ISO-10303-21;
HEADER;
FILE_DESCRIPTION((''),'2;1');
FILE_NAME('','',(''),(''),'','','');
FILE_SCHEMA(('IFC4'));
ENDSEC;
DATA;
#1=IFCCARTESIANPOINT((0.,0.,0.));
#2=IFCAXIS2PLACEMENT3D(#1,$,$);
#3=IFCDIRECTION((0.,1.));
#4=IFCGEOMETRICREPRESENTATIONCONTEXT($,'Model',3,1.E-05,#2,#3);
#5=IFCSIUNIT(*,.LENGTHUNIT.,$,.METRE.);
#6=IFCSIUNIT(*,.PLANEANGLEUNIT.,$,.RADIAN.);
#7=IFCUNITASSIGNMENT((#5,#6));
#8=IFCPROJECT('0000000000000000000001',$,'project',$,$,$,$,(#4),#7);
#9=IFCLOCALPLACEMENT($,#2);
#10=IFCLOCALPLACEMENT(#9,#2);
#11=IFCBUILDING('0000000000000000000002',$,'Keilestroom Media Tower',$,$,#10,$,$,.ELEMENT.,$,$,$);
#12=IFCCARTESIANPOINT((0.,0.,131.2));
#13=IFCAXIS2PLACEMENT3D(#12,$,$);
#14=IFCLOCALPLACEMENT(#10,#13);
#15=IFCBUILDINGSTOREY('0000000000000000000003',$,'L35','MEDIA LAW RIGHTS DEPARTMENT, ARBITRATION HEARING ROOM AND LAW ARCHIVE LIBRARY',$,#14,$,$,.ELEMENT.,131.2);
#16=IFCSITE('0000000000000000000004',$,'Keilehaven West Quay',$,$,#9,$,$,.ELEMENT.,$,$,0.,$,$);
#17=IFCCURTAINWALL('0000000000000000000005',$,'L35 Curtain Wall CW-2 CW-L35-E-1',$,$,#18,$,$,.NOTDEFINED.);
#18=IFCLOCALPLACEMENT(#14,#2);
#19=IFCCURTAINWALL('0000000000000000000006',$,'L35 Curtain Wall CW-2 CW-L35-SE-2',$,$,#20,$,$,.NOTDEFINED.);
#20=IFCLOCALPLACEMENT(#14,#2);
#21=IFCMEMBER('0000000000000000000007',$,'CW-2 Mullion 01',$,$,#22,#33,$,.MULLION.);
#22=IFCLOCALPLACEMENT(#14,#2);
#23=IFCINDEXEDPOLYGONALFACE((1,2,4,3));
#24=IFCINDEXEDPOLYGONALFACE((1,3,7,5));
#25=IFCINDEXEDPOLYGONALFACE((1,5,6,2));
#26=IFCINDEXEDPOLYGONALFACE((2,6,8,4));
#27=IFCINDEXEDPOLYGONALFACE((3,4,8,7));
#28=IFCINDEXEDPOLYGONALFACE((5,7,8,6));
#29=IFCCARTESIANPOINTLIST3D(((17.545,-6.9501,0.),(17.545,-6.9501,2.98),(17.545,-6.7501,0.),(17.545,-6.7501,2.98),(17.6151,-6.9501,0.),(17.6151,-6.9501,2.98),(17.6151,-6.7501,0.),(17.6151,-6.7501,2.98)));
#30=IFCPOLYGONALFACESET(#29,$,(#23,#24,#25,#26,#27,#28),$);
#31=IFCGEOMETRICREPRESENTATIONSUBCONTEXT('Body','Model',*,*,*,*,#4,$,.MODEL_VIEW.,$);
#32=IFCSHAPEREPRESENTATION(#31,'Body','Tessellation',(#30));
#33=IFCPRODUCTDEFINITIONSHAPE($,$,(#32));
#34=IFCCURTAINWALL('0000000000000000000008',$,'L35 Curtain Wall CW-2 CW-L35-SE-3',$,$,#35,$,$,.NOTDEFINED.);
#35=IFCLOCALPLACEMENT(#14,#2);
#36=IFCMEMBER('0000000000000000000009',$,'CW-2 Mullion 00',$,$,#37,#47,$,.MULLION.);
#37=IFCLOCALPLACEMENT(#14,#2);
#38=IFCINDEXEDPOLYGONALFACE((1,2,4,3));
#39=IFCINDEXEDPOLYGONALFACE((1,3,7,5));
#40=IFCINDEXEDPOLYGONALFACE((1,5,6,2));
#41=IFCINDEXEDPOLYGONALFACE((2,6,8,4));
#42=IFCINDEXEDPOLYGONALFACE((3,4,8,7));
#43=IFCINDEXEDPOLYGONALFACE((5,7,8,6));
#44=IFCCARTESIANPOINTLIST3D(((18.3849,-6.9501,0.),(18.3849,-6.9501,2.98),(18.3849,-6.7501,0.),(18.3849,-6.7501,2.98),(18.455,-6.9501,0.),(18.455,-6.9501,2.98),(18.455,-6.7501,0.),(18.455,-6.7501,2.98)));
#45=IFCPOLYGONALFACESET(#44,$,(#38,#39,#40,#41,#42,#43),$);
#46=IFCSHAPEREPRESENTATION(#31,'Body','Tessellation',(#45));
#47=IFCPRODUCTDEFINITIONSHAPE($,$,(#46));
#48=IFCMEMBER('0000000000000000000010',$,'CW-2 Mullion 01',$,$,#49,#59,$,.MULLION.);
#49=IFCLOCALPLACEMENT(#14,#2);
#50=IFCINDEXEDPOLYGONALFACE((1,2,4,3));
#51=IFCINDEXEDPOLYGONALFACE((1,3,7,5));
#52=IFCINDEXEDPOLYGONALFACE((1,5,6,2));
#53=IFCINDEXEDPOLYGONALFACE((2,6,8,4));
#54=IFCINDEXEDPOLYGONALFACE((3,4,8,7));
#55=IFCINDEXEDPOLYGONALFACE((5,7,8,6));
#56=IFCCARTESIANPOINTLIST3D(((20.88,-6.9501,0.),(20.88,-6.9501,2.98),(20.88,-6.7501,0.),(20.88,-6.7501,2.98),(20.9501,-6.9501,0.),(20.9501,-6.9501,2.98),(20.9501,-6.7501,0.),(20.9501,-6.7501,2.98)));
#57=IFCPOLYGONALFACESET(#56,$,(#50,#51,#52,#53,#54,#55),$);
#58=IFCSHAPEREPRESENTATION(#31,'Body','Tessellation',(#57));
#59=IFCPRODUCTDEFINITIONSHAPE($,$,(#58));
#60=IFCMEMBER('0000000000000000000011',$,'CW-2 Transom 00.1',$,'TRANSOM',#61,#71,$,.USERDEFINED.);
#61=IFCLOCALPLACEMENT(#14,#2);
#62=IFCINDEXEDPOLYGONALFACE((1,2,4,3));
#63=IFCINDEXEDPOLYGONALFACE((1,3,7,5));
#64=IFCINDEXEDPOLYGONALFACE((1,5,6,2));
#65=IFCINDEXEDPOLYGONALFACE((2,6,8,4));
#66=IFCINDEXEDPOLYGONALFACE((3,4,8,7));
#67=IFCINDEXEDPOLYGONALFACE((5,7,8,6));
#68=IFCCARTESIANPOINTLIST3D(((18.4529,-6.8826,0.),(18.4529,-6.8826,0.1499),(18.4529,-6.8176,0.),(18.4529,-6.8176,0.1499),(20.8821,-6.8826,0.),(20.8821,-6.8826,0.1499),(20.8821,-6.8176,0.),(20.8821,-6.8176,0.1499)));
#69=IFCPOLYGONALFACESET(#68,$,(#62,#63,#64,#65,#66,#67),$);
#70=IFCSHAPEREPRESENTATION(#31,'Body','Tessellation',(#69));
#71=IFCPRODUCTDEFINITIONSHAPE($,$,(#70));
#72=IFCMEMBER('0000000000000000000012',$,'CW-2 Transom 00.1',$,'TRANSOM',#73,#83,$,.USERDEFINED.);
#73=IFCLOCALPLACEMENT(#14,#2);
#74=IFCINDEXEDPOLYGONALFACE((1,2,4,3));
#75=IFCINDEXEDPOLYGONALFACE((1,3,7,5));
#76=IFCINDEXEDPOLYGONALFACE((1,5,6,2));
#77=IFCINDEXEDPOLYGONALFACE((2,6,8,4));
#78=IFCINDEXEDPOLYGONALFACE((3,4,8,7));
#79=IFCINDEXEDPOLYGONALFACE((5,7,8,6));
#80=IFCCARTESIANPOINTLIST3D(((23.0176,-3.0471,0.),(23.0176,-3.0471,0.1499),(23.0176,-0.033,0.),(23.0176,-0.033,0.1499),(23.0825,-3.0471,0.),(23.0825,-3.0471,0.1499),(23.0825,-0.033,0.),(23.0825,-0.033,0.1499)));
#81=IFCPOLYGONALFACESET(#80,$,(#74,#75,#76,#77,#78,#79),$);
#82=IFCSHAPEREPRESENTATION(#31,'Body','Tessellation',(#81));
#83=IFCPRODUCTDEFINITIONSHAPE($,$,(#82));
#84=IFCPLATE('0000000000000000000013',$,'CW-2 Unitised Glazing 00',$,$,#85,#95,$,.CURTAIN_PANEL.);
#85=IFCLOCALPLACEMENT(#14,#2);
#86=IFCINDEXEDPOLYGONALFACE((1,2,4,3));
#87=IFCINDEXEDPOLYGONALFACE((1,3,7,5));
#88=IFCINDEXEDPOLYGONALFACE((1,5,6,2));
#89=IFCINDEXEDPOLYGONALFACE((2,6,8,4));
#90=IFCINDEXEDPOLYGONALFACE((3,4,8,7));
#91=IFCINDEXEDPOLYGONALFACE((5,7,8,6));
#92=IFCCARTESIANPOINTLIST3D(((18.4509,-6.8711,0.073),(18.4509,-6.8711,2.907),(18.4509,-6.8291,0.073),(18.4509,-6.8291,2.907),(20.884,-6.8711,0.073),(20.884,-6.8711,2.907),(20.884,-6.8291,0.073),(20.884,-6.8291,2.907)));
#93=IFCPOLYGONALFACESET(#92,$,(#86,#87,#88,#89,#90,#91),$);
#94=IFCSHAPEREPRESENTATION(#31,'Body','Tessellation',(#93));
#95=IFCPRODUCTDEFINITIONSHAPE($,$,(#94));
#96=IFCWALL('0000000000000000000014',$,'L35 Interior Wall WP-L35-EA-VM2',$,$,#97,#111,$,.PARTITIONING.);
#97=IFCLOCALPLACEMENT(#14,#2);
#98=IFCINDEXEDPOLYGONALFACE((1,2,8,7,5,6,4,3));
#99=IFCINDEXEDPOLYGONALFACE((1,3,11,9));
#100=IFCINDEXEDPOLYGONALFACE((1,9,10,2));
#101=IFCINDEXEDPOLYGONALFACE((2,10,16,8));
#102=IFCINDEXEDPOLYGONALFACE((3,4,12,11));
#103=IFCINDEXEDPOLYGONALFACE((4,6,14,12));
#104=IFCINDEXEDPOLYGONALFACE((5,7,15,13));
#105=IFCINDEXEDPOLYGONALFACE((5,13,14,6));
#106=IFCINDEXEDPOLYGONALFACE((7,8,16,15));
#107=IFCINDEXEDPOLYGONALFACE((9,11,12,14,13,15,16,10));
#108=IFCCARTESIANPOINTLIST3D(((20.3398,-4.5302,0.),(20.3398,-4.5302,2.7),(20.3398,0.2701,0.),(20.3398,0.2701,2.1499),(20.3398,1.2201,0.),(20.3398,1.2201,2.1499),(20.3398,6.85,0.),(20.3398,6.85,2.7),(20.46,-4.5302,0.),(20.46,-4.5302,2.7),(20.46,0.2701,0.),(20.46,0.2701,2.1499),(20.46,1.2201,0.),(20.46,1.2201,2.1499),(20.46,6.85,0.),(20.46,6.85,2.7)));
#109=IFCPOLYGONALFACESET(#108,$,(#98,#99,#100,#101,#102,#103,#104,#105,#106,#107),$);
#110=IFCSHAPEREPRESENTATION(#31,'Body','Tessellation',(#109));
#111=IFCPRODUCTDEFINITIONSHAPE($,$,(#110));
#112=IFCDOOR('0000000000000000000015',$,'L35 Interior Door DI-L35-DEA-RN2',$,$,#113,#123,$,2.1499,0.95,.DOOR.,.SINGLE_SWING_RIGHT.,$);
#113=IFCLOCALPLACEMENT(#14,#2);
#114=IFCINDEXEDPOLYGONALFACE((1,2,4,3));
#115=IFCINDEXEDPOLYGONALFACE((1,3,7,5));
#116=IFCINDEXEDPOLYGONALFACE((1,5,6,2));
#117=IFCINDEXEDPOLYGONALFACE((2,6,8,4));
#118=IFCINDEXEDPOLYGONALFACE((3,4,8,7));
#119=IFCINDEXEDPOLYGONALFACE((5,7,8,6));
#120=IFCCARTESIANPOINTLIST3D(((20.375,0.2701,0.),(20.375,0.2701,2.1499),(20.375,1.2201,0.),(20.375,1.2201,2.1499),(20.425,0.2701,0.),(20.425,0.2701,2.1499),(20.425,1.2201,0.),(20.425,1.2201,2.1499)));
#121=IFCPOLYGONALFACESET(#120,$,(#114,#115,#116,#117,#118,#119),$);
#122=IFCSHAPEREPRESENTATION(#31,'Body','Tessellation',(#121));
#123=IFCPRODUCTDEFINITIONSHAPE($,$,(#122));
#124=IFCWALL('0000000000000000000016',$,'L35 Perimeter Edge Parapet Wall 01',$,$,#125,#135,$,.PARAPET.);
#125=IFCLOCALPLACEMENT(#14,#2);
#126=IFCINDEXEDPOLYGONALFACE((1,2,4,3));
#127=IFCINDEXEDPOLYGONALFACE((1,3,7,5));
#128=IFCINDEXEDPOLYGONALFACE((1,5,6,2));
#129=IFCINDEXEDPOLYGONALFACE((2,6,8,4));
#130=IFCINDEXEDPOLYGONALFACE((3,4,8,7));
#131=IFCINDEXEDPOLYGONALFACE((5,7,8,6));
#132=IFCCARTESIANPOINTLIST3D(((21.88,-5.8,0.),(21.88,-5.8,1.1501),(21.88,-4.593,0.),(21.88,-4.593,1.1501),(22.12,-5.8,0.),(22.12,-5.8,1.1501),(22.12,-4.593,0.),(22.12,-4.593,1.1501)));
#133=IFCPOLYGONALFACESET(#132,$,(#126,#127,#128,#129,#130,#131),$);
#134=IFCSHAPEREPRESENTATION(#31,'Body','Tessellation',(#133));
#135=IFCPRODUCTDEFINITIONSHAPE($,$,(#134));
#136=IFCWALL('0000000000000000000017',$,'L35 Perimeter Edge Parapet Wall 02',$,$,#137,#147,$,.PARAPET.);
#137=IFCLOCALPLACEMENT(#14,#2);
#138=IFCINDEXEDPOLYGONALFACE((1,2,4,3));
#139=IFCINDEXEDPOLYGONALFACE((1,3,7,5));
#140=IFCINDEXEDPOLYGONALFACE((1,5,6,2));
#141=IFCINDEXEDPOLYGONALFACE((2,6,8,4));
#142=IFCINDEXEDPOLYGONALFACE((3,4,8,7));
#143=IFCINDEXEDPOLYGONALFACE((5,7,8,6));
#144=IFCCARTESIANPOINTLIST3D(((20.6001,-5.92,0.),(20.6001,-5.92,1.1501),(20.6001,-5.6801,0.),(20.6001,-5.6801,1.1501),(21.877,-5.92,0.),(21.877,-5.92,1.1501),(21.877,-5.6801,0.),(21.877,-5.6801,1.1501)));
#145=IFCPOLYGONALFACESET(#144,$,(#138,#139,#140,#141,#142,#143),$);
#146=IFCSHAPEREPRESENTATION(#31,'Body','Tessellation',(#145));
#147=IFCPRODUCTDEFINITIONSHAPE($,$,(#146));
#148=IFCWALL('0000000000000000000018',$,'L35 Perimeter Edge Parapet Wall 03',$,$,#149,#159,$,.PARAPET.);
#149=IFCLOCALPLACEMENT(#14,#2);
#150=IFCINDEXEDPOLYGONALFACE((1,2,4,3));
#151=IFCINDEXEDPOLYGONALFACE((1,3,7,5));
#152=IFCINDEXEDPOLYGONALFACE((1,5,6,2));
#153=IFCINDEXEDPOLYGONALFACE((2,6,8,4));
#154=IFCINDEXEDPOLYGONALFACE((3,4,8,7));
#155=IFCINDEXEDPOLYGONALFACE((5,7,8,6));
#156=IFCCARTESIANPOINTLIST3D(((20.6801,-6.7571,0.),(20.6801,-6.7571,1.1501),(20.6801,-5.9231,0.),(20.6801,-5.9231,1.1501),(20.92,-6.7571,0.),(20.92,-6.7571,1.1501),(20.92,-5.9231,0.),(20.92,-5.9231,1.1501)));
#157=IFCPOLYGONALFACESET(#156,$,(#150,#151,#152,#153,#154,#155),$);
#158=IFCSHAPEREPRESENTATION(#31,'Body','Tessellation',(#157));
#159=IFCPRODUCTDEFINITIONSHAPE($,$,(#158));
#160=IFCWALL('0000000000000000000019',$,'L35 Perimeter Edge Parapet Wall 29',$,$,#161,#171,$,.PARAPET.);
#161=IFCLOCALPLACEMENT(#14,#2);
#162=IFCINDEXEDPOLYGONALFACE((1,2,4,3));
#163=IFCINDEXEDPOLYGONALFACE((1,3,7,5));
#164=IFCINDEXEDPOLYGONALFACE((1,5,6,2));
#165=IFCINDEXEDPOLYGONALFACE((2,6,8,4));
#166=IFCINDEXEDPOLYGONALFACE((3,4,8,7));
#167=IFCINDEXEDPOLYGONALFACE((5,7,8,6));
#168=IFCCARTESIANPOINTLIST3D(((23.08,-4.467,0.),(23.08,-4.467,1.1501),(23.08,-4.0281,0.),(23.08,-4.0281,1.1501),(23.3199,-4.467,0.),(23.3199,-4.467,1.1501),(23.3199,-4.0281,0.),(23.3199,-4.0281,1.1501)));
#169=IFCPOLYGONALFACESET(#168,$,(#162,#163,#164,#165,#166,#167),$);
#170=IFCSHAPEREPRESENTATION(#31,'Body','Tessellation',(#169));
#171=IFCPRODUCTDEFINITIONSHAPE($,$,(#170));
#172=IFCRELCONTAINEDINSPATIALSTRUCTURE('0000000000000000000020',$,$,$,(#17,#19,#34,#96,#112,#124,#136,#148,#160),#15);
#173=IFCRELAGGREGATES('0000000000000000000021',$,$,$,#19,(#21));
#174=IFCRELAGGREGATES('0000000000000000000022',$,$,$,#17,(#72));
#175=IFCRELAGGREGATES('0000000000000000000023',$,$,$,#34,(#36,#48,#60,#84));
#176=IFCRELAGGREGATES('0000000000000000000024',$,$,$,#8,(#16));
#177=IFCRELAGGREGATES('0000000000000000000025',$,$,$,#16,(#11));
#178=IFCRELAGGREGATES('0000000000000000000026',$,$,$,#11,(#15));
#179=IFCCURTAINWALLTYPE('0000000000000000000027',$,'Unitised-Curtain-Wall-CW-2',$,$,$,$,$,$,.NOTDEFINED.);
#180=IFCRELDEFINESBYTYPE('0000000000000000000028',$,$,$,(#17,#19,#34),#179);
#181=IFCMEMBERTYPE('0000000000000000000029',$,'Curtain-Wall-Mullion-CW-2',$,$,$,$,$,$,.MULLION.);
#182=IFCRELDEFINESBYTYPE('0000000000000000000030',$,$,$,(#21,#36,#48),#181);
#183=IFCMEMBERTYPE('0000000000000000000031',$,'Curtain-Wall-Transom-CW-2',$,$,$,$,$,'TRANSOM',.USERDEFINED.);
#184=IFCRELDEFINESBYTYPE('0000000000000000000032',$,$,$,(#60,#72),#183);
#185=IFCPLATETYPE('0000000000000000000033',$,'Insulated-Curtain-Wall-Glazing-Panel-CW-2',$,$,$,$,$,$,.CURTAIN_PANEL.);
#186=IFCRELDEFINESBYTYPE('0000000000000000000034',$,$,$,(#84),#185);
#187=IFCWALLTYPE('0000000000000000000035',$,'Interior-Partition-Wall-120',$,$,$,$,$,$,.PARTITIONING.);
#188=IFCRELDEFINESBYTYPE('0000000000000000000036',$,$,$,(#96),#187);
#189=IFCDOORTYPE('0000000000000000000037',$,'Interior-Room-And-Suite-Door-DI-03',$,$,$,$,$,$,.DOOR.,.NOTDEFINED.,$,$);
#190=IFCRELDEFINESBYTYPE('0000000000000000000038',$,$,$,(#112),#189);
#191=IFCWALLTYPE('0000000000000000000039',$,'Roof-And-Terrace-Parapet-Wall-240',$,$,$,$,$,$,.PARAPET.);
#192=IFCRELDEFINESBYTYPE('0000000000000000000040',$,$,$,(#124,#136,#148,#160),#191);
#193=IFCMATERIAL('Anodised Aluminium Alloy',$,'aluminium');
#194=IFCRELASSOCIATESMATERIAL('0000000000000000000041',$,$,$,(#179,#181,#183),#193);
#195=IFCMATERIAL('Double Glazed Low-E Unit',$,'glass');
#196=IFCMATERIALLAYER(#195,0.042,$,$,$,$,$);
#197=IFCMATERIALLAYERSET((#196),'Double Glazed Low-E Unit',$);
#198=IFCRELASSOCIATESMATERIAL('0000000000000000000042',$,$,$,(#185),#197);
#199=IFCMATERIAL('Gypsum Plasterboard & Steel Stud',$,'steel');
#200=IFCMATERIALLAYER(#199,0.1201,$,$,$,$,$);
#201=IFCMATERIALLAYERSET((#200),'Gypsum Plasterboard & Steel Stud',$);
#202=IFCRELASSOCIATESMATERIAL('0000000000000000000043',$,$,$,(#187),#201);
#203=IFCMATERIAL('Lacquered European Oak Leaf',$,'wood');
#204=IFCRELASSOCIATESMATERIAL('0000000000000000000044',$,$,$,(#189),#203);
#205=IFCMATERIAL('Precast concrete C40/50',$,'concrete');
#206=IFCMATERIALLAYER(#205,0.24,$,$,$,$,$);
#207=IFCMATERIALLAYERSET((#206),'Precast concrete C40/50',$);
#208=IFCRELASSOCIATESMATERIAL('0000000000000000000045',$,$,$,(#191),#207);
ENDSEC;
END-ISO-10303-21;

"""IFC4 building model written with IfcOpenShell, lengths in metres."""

from ifc_helpers import new_model, si_unit, direction, frame, frame_2d, origin, origin_2d, place, context, subcontext, project, spatial, rectangle, extrude, source, transform, mapped, material, layer, layer_set, material_profile, profile_set, type_object, element, fill, aggregate, save


model = new_model("IFC4")

# Units and contexts
model_context = context("Model", 3, precision=1e-05, world=origin(), true_north=direction((0.0, 1.0)))
body_context = subcontext(model_context, "Body", "Model", "MODEL_VIEW")
ifc_project = project(units=[si_unit("LENGTHUNIT", "METRE"), si_unit("PLANEANGLEUNIT", "RADIAN")], contexts=[model_context])

# Site, building, storey
site_placement = place(None, origin())
site = spatial("IfcSite", under=ifc_project, at=site_placement, Name="Keilehaven West Quay", CompositionType="ELEMENT", RefElevation=0.0)
building_placement = place(site_placement, origin())
building = spatial("IfcBuilding", under=site, at=building_placement, Name="Keilestroom Media Tower", CompositionType="ELEMENT")
storey_placement = place(building_placement, frame((0.0, 0.0, 131.2)))
storey = spatial("IfcBuildingStorey", under=building, at=storey_placement, Name="L35", Description="MEDIA LAW RIGHTS DEPARTMENT, ARBITRATION HEARING ROOM AND LAW ARCHIVE LIBRARY", CompositionType="ELEMENT", Elevation=131.2)

# Shared definitions
ifc_material_1 = material(Name="Precast concrete C40/50", Category="concrete")

# Curtain walls, member
ifc_material_2 = material(Name="Anodised Aluminium Alloy", Category="aluminium")
curtain_wall_type = type_object("IfcCurtainWallType", Name="Unitised-Curtain-Wall-CW-2", PredefinedType="NOTDEFINED", material=ifc_material_2)
curtain_wall_1_placement = place(storey_placement, origin())
curtain_wall_1 = element("IfcCurtainWall", 1, at=curtain_wall_1_placement, inside=storey, type_object=curtain_wall_type, Name="L35 Curtain Wall CW-2 CW-L35-E-1", PredefinedType="NOTDEFINED")
ifc_material_profile_1 = material_profile(ifc_material_2, rectangle(XDim=0.0701, YDim=0.2, at=origin_2d()), Name="ALU MULLION 70x200")
ifc_profile_set_1 = profile_set([ifc_material_profile_1], Name="Anodised Aluminium Alloy")
member_type_1 = type_object("IfcMemberType", Name="Curtain-Wall-Mullion-CW-2", PredefinedType="MULLION", material=ifc_profile_set_1)
shared_shape_1 = source(origin(), body_context, "Body", "SweptSolid", [
    extrude(rectangle(XDim=0.0701, YDim=0.2, at=origin_2d()), origin(), (0.0, 0.0, 1.0), 2.98),
])
curtain_wall_2_placement = place(storey_placement, origin())
curtain_wall_2 = element("IfcCurtainWall", 2, at=curtain_wall_2_placement, inside=storey, type_object=curtain_wall_type, Name="L35 Curtain Wall CW-2 CW-L35-SE-2", PredefinedType="NOTDEFINED")
member_1_placement = place(storey_placement, frame((17.5801, -6.8501, 0.0), z_axis=(0.0, 0.0, 1.0), x_axis=(1.0, 0.0, 0.0)))
member_1 = element("IfcMember", 3, at=member_1_placement, type_object=member_type_1, Name="CW-2 Mullion 01", PredefinedType="MULLION", context=body_context, shape_type="MappedRepresentation", body=[
    mapped(shared_shape_1, transform((0.0, 0.0, 0.0), x_axis=(1.0, 0.0, 0.0), y_axis=(0.0, 1.0, 0.0), z_axis=(0.0, 0.0, 1.0), scale=1.0)),
])
aggregate(curtain_wall_2, [member_1])

# Curtain wall, members
curtain_wall_3_placement = place(storey_placement, origin())
curtain_wall_3 = element("IfcCurtainWall", 4, at=curtain_wall_3_placement, inside=storey, type_object=curtain_wall_type, Name="L35 Curtain Wall CW-2 CW-L35-SE-3", PredefinedType="NOTDEFINED")
member_2_placement = place(storey_placement, frame((18.4199, -6.8501, 0.0), z_axis=(0.0, 0.0, 1.0), x_axis=(1.0, 0.0, 0.0)))
member_2 = element("IfcMember", 5, at=member_2_placement, type_object=member_type_1, Name="CW-2 Mullion 00", PredefinedType="MULLION", context=body_context, shape_type="MappedRepresentation", body=[
    mapped(shared_shape_1, transform((0.0, 0.0, 0.0), x_axis=(1.0, 0.0, 0.0), y_axis=(0.0, 1.0, 0.0), z_axis=(0.0, 0.0, 1.0), scale=1.0)),
])
member_3_placement = place(storey_placement, frame((20.915, -6.8501, 0.0), z_axis=(0.0, 0.0, 1.0), x_axis=(1.0, 0.0, 0.0)))
member_3 = element("IfcMember", 6, at=member_3_placement, type_object=member_type_1, Name="CW-2 Mullion 01", PredefinedType="MULLION", context=body_context, shape_type="MappedRepresentation", body=[
    mapped(shared_shape_1, transform((0.0, 0.0, 0.0), x_axis=(1.0, 0.0, 0.0), y_axis=(0.0, 1.0, 0.0), z_axis=(0.0, 0.0, 1.0), scale=1.0)),
])
ifc_material_profile_2 = material_profile(ifc_material_2, rectangle(XDim=0.0649, YDim=0.1499, at=origin_2d()), Name="ALU TRANSOM 65x150")
ifc_profile_set_2 = profile_set([ifc_material_profile_2], Name="Anodised Aluminium Alloy")
member_type_2 = type_object("IfcMemberType", Name="Curtain-Wall-Transom-CW-2", ElementType="TRANSOM", PredefinedType="USERDEFINED", material=ifc_profile_set_2)
shared_shape_2 = source(origin(), body_context, "Body", "SweptSolid", [
    extrude(rectangle(XDim=0.0649, YDim=0.1499, at=origin_2d()), origin(), (0.0, 0.0, 1.0), 2.4292),
])
member_4_placement = place(storey_placement, frame((18.4529, -6.8501, 0.075), z_axis=(1.0, 0.0, 0.0), x_axis=(0.0, 1.0, 0.0)))
member_4 = element("IfcMember", 7, at=member_4_placement, type_object=member_type_2, Name="CW-2 Transom 00.1", ObjectType="TRANSOM", PredefinedType="USERDEFINED", context=body_context, shape_type="MappedRepresentation", body=[
    mapped(shared_shape_2, transform((0.0, 0.0, 0.0), x_axis=(1.0, 0.0, 0.0), y_axis=(0.0, 1.0, 0.0), z_axis=(0.0, 0.0, 1.0), scale=1.0)),
])

# Member
shared_shape_3 = source(origin(), body_context, "Body", "SweptSolid", [
    extrude(rectangle(XDim=0.0649, YDim=0.1499, at=origin_2d()), origin(), (0.0, 0.0, 1.0), 3.0142),
])
member_5_placement = place(storey_placement, frame((23.05, -3.0471, 0.075), z_axis=(0.0, 1.0, 0.0), x_axis=(-1.0, 0.0, 0.0)))
member_5 = element("IfcMember", 8, at=member_5_placement, type_object=member_type_2, Name="CW-2 Transom 00.1", ObjectType="TRANSOM", PredefinedType="USERDEFINED", context=body_context, shape_type="MappedRepresentation", body=[
    mapped(shared_shape_3, transform((0.0, 0.0, 0.0), x_axis=(1.0, 0.0, 0.0), y_axis=(0.0, 1.0, 0.0), z_axis=(0.0, 0.0, 1.0), scale=1.0)),
])
aggregate(curtain_wall_1, [member_5])

# Plate
ifc_material_3 = material(Name="Double Glazed Low-E Unit", Category="glass")
ifc_layer_1 = layer(ifc_material_3, 0.042)
ifc_layer_set_1 = layer_set([ifc_layer_1], Name="Double Glazed Low-E Unit")
plate_type = type_object("IfcPlateType", Name="Insulated-Curtain-Wall-Glazing-Panel-CW-2", PredefinedType="CURTAIN_PANEL", material=ifc_layer_set_1)
shared_shape_4 = source(origin(), body_context, "Body", "SweptSolid", [
    extrude(rectangle(XDim=2.4331, YDim=0.042, at=origin_2d()), origin(), (0.0, 0.0, 1.0), 2.834),
])
plate_placement = place(storey_placement, frame((19.6675, -6.8501, 0.073), z_axis=(0.0, 0.0, 1.0), x_axis=(1.0, 0.0, 0.0)))
plate = element("IfcPlate", 9, at=plate_placement, type_object=plate_type, Name="CW-2 Unitised Glazing 00", PredefinedType="CURTAIN_PANEL", context=body_context, shape_type="MappedRepresentation", body=[
    mapped(shared_shape_4, transform((0.0, 0.0, 0.0), x_axis=(1.0, 0.0, 0.0), y_axis=(0.0, 1.0, 0.0), z_axis=(0.0, 0.0, 1.0), scale=1.0)),
])
aggregate(curtain_wall_3, [member_2, member_3, member_4, plate])

# Wall, opening, door
ifc_material_4 = material(Name="Gypsum Plasterboard & Steel Stud", Category="steel")
ifc_layer_2 = layer(ifc_material_4, 0.1201)
ifc_layer_set_2 = layer_set([ifc_layer_2], Name="Gypsum Plasterboard & Steel Stud")
wall_type_1 = type_object("IfcWallType", Name="Interior-Partition-Wall-120", PredefinedType="PARTITIONING", material=ifc_layer_set_2)
wall_1_placement = place(storey_placement, frame((20.3999, -4.53, 0.0), z_axis=(0.0, 0.0, 1.0), x_axis=(0.0, 1.0, 0.0)))
wall_1 = element("IfcWall", 10, at=wall_1_placement, inside=storey, type_object=wall_type_1, Name="L35 Interior Wall WP-L35-EA-VM2", PredefinedType="PARTITIONING", context=body_context, shape_type="SweptSolid", body=[
    extrude(rectangle(XDim=11.3801, YDim=0.1201, at=frame_2d((5.6899, 0.0))), origin(), (0.0, 0.0, 1.0), 2.7),
])
opening_placement = place(wall_1_placement, frame((4.8, 0.0, 0.0)))
opening = element("IfcOpeningElement", 11, at=opening_placement, cuts=wall_1, PredefinedType="OPENING", context=body_context, shape_type="SweptSolid", body=[
    extrude(rectangle(XDim=0.95, YDim=2.1499, at=frame_2d((0.4751, 1.075))), frame((0.0, 0.0701, 0.0), z_axis=(0.0, -1.0, 0.0), x_axis=(1.0, 0.0, 0.0)), (0.0, 0.0, 1.0), 0.1401),
])
ifc_material_5 = material(Name="Lacquered European Oak Leaf", Category="wood")
door_type = type_object("IfcDoorType", Name="Interior-Room-And-Suite-Door-DI-03", OperationType="NOTDEFINED", PredefinedType="DOOR", material=ifc_material_5)
shared_shape_5 = source(origin(), body_context, "Body", "SweptSolid", [
    extrude(rectangle(XDim=0.95, YDim=2.1499, at=frame_2d((0.4751, 1.075))), frame((0.0, 0.0249, 0.0), z_axis=(0.0, -1.0, 0.0), x_axis=(1.0, 0.0, 0.0)), (0.0, 0.0, 1.0), 0.05),
])
door_placement = place(opening_placement, origin())
door = element("IfcDoor", 12, at=door_placement, inside=storey, type_object=door_type, Name="L35 Interior Door DI-L35-DEA-RN2", OperationType="SINGLE_SWING_RIGHT", OverallHeight=2.1499, OverallWidth=0.95, PredefinedType="DOOR", context=body_context, shape_type="MappedRepresentation", body=[
    mapped(shared_shape_5, transform((0.0, 0.0, 0.0), x_axis=(1.0, 0.0, 0.0), y_axis=(0.0, 1.0, 0.0), z_axis=(0.0, 0.0, 1.0), scale=1.0)),
])
fill(opening, door)

# Walls
ifc_layer_3 = layer(ifc_material_1, 0.24)
ifc_layer_set_3 = layer_set([ifc_layer_3], Name="Precast concrete C40/50")
wall_type_2 = type_object("IfcWallType", Name="Roof-And-Terrace-Parapet-Wall-240", PredefinedType="PARAPET", material=ifc_layer_set_3)
wall_2_placement = place(storey_placement, frame((22.0, -4.593, 0.0), z_axis=(0.0, 0.0, 1.0), x_axis=(0.0, -1.0, 0.0)))
element("IfcWall", 13, at=wall_2_placement, inside=storey, type_object=wall_type_2, Name="L35 Perimeter Edge Parapet Wall 01", PredefinedType="PARAPET", context=body_context, shape_type="SweptSolid", body=[
    extrude(rectangle(XDim=1.207, YDim=0.24, at=frame_2d((0.6035, 0.0))), origin(), (0.0, 0.0, 1.0), 1.1501),
])
wall_3_placement = place(storey_placement, frame((21.877, -5.8, 0.0), z_axis=(0.0, 0.0, 1.0), x_axis=(-1.0, 0.0, 0.0)))
element("IfcWall", 14, at=wall_3_placement, inside=storey, type_object=wall_type_2, Name="L35 Perimeter Edge Parapet Wall 02", PredefinedType="PARAPET", context=body_context, shape_type="SweptSolid", body=[
    extrude(rectangle(XDim=1.2769, YDim=0.24, at=frame_2d((0.6384, 0.0))), origin(), (0.0, 0.0, 1.0), 1.1501),
])
wall_4_placement = place(storey_placement, frame((20.8, -5.9231, 0.0), z_axis=(0.0, 0.0, 1.0), x_axis=(0.0, -1.0, 0.0)))
element("IfcWall", 15, at=wall_4_placement, inside=storey, type_object=wall_type_2, Name="L35 Perimeter Edge Parapet Wall 03", PredefinedType="PARAPET", context=body_context, shape_type="SweptSolid", body=[
    extrude(rectangle(XDim=0.834, YDim=0.24, at=frame_2d((0.417, 0.0))), origin(), (0.0, 0.0, 1.0), 1.1501),
])
wall_5_placement = place(storey_placement, frame((23.2, -4.0281, 0.0), z_axis=(0.0, 0.0, 1.0), x_axis=(0.0, -1.0, 0.0)))
element("IfcWall", 16, at=wall_5_placement, inside=storey, type_object=wall_type_2, Name="L35 Perimeter Edge Parapet Wall 29", PredefinedType="PARAPET", context=body_context, shape_type="SweptSolid", body=[
    extrude(rectangle(XDim=0.439, YDim=0.24, at=frame_2d((0.2195, 0.0))), origin(), (0.0, 0.0, 1.0), 1.1501),
])

save(model, "model.ifc")
